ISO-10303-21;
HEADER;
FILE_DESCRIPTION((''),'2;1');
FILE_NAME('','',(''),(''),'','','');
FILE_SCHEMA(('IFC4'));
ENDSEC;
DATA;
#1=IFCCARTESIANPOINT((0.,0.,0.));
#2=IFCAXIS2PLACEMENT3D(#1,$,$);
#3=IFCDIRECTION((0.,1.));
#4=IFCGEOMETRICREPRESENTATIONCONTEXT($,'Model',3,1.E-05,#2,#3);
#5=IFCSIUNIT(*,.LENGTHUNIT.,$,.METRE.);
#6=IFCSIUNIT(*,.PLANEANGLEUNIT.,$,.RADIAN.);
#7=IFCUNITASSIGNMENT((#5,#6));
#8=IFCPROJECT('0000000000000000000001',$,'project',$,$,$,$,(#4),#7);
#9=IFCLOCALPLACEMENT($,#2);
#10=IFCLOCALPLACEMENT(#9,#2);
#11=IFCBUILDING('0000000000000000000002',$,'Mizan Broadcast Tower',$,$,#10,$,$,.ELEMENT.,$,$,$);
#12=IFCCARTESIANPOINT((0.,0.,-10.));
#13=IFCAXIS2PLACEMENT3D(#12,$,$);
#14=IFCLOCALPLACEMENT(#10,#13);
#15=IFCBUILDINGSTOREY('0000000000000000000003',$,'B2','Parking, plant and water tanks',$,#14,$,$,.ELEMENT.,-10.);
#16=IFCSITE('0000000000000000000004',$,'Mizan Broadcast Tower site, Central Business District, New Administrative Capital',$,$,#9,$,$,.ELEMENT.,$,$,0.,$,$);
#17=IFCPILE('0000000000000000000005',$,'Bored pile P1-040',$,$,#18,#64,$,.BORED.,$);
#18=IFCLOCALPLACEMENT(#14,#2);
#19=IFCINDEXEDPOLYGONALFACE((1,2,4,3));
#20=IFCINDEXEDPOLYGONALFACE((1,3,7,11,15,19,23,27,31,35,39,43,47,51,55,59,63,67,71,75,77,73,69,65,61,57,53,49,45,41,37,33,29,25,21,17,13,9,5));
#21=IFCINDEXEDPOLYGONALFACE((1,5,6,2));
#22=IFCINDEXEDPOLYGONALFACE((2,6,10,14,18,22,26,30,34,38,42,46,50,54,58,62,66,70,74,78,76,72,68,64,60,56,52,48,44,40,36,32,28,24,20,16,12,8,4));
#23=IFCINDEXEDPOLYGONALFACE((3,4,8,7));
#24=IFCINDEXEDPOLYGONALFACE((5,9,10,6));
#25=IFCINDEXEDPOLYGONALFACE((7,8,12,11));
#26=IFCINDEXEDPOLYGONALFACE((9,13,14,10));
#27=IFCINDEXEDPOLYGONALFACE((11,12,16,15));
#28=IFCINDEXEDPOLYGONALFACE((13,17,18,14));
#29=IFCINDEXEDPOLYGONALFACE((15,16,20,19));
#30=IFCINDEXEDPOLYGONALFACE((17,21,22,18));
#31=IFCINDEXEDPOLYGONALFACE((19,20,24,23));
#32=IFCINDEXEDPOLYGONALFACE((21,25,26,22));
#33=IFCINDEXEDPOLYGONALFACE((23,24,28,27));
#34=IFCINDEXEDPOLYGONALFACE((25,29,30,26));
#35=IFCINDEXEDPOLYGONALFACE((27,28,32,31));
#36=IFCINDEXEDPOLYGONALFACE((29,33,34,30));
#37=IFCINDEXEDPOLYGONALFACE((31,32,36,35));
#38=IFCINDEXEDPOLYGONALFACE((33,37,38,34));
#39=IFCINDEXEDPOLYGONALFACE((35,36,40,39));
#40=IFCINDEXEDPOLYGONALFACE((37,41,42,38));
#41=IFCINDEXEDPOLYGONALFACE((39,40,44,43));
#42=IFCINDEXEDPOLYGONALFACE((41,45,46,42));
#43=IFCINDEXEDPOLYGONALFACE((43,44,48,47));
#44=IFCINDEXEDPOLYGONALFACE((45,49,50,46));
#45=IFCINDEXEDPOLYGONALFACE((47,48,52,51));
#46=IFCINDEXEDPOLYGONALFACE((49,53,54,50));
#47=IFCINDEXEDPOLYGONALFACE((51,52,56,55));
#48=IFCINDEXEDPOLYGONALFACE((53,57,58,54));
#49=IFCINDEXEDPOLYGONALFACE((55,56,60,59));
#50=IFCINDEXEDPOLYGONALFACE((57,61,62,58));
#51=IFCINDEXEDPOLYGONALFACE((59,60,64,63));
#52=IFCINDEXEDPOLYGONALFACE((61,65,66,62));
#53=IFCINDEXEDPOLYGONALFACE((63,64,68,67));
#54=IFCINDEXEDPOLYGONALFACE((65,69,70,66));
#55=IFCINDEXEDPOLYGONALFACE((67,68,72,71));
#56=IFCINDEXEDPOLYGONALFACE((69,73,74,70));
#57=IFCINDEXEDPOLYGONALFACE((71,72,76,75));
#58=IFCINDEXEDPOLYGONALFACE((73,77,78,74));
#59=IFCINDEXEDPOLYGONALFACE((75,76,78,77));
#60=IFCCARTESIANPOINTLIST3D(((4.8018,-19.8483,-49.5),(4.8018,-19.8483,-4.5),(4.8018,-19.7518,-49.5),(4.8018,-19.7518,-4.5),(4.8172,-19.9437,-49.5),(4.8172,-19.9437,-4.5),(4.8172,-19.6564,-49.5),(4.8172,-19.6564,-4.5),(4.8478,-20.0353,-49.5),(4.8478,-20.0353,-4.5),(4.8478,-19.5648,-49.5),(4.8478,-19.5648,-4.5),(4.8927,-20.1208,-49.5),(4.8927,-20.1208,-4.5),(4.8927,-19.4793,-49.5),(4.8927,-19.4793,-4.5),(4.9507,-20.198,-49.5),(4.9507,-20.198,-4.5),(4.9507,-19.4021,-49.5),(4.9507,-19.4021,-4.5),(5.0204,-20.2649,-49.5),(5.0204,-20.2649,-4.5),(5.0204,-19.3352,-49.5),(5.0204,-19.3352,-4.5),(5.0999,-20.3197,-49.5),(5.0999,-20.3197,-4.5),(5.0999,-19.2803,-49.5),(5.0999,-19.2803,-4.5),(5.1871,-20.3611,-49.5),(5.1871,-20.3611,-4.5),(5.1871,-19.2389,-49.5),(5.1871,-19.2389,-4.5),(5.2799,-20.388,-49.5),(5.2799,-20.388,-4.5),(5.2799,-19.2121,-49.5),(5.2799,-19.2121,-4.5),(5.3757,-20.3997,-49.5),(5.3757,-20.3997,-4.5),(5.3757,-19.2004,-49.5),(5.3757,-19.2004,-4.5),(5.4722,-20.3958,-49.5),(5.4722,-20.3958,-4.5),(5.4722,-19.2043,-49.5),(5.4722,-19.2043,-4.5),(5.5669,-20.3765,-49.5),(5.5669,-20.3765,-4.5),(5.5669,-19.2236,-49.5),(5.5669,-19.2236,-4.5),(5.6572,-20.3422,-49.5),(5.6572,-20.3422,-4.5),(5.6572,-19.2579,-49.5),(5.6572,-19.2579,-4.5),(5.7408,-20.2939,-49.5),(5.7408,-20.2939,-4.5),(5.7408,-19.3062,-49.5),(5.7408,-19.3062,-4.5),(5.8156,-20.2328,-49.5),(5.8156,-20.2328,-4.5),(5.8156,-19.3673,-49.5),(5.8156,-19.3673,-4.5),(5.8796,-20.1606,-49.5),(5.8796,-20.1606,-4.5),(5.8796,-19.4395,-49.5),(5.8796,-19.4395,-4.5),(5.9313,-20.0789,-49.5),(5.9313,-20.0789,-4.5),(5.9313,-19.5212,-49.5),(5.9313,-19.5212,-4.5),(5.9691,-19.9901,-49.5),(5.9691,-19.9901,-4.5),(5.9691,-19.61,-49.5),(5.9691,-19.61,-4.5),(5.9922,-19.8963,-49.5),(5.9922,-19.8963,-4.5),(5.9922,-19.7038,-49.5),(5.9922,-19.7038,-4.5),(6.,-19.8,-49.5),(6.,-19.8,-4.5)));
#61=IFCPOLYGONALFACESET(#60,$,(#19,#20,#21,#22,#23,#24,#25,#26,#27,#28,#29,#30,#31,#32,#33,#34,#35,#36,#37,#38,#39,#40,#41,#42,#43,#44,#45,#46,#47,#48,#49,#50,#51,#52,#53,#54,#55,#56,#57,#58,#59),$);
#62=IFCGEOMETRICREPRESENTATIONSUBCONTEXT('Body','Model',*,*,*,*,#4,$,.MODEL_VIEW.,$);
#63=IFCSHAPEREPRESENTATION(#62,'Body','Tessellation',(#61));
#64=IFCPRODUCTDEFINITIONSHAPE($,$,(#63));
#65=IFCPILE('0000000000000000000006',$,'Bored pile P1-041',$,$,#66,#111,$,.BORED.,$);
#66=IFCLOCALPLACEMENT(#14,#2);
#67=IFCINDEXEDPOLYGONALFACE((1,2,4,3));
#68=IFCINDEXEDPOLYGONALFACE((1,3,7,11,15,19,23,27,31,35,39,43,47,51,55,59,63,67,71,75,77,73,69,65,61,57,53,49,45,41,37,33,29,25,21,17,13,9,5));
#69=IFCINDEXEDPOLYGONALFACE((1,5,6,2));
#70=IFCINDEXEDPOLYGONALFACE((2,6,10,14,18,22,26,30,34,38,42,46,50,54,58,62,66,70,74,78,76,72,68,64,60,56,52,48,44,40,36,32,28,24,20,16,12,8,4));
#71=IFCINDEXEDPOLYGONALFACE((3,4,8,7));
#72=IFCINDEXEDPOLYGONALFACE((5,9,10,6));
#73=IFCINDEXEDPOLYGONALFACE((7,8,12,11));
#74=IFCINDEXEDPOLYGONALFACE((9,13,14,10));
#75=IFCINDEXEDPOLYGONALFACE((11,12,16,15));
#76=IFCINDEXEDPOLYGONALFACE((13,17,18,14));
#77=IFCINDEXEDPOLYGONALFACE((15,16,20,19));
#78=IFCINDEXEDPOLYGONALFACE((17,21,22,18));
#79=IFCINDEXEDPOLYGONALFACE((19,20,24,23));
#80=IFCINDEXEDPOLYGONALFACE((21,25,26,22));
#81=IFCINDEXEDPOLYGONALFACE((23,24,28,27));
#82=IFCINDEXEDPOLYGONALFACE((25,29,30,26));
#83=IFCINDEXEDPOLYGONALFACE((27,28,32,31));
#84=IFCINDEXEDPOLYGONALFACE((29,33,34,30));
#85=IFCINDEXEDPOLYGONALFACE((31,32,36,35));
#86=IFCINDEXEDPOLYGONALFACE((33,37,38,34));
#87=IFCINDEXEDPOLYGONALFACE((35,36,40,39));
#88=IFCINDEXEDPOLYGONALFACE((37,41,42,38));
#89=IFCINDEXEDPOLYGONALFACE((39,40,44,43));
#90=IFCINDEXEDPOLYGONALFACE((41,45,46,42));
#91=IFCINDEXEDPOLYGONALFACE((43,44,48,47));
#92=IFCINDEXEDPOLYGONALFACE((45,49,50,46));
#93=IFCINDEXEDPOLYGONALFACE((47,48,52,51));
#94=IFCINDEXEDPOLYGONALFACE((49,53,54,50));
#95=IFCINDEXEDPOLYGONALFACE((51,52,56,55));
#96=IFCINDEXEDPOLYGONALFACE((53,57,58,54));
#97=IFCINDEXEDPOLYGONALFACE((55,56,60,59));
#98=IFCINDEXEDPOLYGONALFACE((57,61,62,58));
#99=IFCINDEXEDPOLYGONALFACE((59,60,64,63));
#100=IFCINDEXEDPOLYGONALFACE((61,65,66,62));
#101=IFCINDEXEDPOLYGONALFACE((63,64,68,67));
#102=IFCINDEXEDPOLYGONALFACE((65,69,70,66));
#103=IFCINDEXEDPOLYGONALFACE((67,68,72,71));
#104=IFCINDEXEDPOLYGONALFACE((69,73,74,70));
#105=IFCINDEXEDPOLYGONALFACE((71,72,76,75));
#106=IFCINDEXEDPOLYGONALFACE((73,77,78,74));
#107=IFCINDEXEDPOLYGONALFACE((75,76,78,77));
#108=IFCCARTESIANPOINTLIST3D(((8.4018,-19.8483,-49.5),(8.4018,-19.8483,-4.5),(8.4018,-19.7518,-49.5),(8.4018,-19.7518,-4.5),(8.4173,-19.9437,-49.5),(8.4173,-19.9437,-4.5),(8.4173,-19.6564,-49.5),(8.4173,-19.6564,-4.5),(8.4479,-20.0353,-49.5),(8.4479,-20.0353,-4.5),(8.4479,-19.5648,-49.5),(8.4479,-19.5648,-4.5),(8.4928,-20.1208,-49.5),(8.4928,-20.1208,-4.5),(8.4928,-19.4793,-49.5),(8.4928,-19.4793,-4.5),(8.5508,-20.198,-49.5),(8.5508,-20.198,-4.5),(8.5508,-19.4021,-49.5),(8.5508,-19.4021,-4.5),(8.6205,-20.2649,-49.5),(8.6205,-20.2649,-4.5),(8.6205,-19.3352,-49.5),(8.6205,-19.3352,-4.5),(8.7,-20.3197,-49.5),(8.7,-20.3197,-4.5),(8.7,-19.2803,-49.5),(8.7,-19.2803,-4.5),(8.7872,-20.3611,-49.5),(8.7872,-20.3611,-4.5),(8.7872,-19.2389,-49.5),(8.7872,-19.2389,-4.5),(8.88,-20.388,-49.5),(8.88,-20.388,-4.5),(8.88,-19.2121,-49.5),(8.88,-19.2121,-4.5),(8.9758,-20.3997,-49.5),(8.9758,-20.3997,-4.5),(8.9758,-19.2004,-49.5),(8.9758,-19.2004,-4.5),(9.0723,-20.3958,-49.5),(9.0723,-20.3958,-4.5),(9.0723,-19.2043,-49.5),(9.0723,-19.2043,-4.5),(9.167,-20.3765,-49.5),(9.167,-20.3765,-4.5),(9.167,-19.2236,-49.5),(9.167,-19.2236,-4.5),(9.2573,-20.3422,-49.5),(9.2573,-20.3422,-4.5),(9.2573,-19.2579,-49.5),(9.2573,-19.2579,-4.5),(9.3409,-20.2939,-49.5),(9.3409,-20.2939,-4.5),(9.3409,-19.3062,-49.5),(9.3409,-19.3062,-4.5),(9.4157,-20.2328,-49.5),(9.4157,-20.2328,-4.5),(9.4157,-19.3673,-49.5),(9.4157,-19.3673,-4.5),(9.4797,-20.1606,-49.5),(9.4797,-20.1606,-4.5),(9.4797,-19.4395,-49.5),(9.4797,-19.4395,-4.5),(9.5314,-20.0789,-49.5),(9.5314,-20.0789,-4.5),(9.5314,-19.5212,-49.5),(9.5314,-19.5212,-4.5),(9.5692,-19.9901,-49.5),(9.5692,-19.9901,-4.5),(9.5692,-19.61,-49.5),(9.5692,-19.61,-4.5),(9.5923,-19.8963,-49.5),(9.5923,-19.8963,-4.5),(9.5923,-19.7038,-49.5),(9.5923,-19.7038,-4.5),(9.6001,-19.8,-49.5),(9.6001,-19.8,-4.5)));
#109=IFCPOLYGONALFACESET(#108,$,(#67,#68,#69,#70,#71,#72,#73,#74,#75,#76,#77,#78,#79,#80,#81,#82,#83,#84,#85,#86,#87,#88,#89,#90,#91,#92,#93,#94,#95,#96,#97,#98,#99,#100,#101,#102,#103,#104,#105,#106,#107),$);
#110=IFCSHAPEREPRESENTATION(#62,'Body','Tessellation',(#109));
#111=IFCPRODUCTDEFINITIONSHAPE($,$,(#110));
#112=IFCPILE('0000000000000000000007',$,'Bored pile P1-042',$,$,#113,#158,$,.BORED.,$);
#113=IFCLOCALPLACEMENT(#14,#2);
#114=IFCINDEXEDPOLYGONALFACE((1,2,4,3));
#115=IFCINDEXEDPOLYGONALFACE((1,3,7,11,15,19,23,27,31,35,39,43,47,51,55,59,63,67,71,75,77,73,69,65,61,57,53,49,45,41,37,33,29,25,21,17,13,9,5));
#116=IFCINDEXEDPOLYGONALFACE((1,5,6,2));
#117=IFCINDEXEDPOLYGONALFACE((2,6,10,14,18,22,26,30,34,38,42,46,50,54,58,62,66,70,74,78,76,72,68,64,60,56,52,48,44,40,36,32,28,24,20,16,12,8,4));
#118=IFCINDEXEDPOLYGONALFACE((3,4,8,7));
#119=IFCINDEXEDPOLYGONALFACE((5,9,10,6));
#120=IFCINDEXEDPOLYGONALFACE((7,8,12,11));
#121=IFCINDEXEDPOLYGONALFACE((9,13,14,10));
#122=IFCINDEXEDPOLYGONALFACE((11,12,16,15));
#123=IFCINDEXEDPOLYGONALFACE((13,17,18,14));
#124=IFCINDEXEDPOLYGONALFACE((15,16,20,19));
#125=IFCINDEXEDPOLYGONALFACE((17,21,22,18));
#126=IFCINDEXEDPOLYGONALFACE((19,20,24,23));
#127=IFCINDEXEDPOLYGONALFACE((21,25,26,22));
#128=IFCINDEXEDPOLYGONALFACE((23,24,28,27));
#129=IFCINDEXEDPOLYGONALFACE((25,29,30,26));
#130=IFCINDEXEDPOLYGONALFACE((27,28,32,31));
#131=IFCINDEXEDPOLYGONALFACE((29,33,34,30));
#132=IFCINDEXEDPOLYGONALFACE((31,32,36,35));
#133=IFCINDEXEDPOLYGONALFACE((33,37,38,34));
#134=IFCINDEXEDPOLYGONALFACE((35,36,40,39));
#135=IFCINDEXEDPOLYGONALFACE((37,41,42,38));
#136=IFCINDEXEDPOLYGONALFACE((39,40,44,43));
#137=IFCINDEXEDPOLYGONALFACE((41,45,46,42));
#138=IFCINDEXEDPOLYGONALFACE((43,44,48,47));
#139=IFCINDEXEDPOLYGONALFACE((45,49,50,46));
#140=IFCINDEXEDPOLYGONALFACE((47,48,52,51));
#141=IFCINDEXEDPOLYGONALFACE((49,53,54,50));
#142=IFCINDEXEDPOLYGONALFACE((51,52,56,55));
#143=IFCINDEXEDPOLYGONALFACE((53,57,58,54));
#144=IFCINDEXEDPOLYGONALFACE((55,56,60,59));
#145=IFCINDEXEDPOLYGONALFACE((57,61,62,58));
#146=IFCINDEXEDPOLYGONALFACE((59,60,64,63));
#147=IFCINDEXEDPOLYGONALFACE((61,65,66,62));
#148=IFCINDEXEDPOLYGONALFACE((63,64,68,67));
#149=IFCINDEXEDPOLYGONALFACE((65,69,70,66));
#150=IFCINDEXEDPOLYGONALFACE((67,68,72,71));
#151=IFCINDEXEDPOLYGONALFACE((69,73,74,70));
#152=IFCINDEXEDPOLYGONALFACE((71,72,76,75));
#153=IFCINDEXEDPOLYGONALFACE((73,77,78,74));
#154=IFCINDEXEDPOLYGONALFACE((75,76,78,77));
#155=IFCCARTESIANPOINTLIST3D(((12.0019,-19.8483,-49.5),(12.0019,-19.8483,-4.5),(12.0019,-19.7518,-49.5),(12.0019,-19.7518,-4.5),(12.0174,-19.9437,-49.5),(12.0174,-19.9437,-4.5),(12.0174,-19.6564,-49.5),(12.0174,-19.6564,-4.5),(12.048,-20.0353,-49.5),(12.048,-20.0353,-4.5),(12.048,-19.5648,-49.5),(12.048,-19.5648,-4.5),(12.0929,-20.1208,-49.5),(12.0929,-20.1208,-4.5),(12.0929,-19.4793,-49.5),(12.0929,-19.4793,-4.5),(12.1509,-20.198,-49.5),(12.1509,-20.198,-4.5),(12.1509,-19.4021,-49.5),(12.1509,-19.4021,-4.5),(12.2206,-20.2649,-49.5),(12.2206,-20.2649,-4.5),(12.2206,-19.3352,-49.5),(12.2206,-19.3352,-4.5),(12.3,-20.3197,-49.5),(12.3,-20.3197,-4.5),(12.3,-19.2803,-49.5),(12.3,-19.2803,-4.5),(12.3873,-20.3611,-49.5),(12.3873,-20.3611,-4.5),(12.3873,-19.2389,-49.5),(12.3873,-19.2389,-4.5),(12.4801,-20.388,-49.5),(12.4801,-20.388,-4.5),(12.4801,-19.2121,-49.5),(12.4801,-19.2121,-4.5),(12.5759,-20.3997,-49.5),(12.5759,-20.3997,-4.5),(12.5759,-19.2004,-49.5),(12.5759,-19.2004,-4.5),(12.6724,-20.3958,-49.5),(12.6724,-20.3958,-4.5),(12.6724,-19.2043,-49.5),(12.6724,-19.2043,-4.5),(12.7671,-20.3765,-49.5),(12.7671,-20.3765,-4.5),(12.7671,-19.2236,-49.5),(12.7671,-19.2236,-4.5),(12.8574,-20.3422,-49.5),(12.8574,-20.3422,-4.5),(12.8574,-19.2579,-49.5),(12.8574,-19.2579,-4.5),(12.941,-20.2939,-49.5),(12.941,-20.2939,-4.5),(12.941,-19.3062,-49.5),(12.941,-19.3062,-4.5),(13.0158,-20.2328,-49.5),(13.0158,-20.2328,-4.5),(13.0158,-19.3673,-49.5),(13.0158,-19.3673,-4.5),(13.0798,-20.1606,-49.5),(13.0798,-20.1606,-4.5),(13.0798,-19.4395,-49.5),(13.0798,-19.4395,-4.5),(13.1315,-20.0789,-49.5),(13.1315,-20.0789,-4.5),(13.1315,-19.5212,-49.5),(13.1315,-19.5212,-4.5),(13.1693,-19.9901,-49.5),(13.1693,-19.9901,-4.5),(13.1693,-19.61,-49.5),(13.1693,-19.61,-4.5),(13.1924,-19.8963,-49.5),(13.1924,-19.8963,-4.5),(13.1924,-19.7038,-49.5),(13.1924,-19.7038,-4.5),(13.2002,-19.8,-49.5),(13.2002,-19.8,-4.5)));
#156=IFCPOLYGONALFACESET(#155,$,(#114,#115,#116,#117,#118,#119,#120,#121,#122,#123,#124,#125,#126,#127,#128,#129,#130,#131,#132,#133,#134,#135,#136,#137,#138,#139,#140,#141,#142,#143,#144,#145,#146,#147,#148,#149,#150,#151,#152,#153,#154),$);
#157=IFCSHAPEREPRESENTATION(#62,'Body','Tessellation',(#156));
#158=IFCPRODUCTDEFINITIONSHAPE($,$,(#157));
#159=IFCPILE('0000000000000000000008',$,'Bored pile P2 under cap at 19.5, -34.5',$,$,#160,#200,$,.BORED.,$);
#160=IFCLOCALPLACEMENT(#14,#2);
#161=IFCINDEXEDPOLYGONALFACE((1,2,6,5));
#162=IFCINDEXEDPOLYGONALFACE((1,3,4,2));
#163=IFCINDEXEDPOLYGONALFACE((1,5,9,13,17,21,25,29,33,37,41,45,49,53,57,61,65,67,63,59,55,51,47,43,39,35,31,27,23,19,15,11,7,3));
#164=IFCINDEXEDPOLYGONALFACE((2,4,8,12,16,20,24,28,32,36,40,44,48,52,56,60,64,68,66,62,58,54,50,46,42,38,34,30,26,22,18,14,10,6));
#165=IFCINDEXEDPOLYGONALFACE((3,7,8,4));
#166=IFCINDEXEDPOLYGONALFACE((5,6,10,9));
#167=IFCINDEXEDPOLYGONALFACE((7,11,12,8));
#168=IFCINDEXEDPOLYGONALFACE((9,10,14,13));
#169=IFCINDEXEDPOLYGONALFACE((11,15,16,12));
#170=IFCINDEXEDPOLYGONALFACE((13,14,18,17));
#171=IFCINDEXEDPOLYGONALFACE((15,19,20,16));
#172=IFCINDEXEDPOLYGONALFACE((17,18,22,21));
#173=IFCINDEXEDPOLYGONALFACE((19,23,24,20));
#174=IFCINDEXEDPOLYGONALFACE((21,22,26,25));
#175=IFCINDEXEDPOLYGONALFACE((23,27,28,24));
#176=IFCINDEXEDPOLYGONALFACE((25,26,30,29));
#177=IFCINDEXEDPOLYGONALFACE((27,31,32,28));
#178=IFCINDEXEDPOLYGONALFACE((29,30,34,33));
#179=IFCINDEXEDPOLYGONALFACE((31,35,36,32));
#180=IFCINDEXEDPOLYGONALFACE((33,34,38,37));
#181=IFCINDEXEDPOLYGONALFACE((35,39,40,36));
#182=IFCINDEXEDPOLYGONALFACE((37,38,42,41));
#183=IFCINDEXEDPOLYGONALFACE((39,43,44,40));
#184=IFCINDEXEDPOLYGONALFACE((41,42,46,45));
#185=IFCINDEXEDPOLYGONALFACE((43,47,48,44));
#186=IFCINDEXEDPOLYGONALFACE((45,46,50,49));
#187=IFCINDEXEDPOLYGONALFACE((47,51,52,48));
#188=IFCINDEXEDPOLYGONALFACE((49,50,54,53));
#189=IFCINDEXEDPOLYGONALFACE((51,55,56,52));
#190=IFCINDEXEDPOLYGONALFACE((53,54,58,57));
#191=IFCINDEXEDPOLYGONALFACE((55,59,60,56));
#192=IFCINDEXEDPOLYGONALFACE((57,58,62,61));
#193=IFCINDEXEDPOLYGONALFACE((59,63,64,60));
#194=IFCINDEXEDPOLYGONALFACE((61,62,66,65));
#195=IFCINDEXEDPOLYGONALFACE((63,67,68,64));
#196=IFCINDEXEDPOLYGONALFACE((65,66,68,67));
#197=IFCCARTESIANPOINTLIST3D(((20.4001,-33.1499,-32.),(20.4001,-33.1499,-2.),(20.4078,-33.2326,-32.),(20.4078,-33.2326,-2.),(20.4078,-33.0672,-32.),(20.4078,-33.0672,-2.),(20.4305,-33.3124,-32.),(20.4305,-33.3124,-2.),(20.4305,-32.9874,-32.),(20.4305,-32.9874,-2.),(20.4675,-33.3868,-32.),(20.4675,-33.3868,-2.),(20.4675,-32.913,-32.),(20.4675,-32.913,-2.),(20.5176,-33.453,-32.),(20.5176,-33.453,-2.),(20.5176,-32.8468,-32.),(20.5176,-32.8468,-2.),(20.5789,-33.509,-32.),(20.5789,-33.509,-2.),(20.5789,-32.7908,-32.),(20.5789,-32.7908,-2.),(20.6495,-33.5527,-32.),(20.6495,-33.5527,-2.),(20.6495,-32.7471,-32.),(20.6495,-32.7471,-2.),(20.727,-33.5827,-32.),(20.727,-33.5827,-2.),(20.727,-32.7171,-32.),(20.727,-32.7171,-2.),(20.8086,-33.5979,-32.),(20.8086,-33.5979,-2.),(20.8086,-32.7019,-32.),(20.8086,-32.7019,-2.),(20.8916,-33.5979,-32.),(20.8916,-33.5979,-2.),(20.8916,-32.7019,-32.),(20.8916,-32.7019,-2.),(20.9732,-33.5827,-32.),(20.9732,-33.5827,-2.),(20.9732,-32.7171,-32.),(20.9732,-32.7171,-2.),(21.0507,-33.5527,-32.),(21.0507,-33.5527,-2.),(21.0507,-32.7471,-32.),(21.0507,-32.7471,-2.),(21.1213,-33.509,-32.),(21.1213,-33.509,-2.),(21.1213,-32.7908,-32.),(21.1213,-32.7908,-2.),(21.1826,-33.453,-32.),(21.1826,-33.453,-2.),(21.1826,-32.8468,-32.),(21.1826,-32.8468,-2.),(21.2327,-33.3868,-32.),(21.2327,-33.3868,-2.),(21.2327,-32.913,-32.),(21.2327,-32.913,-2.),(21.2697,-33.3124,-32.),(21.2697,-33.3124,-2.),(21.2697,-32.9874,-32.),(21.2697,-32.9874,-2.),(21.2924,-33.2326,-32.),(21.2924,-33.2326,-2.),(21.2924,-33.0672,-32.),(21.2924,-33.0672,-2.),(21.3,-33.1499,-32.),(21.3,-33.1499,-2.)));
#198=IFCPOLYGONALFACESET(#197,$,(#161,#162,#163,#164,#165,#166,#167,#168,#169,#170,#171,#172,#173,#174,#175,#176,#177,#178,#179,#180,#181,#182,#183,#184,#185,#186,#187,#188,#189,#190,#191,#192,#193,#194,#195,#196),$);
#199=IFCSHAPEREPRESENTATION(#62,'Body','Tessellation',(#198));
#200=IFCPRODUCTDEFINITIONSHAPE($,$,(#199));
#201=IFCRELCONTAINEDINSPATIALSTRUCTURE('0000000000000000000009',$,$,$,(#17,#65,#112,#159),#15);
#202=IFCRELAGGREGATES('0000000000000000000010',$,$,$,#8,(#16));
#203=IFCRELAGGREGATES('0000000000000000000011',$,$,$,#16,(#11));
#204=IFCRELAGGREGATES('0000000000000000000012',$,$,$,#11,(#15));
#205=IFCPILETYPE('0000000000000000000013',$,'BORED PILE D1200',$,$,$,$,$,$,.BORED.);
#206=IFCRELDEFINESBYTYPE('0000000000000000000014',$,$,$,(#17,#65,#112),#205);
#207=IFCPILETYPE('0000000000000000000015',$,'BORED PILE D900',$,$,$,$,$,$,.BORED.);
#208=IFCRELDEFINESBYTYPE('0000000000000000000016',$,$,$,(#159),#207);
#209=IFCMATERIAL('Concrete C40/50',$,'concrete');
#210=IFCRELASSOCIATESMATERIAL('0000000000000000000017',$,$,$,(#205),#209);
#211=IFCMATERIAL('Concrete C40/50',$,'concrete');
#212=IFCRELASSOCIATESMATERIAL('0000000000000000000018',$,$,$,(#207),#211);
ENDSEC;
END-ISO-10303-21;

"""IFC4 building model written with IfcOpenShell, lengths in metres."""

from ifc_helpers import new_model, si_unit, direction, frame, origin, origin_2d, place, context, subcontext, project, spatial, circle, extrude, material, material_profile, profile_set, type_object, element, save


model = new_model("IFC4")

# Units and contexts
model_context = context("Model", 3, precision=1e-05, world=origin(), true_north=direction((0.0, 1.0)))
body_context = subcontext(model_context, "Body", "Model", "MODEL_VIEW")
ifc_project = project(units=[si_unit("LENGTHUNIT", "METRE"), si_unit("PLANEANGLEUNIT", "RADIAN")], contexts=[model_context])

# Site, building, storey
site_placement = place(None, origin())
site = spatial("IfcSite", under=ifc_project, at=site_placement, Name="Mizan Broadcast Tower site, Central Business District, New Administrative Capital", CompositionType="ELEMENT", RefElevation=0.0)
building_placement = place(site_placement, origin())
building = spatial("IfcBuilding", under=site, at=building_placement, Name="Mizan Broadcast Tower", CompositionType="ELEMENT")
storey_placement = place(building_placement, frame((0.0, 0.0, -10.0)))
storey = spatial("IfcBuildingStorey", under=building, at=storey_placement, Name="B2", Description="Parking, plant and water tanks", CompositionType="ELEMENT", Elevation=-10.0)

# Piles
ifc_material_1 = material(Name="Concrete C40/50", Category="concrete")
ifc_material_profile_1 = material_profile(ifc_material_1, circle(Radius=0.6001, at=origin_2d()), Name="D1200")
ifc_profile_set_1 = profile_set([ifc_material_profile_1], Name="Concrete C40/50")
pile_type_1 = type_object("IfcPileType", Name="BORED PILE D1200", PredefinedType="BORED", material=ifc_profile_set_1)
for number, where, z_axis, x_axis, name in (
    (1, (5.3999, -19.8, -4.5), (0.0, 0.0, -1.0), (1.0, 0.0, 0.0), "Bored pile P1-040"),
    (2, (9.0, -19.8, -4.5), (0.0, 0.0, -1.0), (1.0, 0.0, 0.0), "Bored pile P1-041"),
    (3, (12.6001, -19.8, -4.5), (0.0, 0.0, -1.0), (1.0, 0.0, 0.0), "Bored pile P1-042"),
):
    element("IfcPile", number, at=place(storey_placement, frame(where, z_axis=z_axis, x_axis=x_axis)), inside=storey, type_object=pile_type_1, Name=name, PredefinedType="BORED", context=body_context, shape_type="SweptSolid", body=[
        extrude(circle(Radius=0.6001, at=origin_2d()), origin(), (0.0, 0.0, 1.0), 45.0),
    ])
ifc_material_2 = material(Name="Concrete C40/50", Category="concrete")
ifc_material_profile_2 = material_profile(ifc_material_2, circle(Radius=0.45, at=origin_2d()), Name="D900")
ifc_profile_set_2 = profile_set([ifc_material_profile_2], Name="Concrete C40/50")
pile_type_2 = type_object("IfcPileType", Name="BORED PILE D900", PredefinedType="BORED", material=ifc_profile_set_2)
for number, where, z_axis, x_axis, name in (
    (4, (20.8501, -33.1499, -2.0), (0.0, 0.0, -1.0), (1.0, 0.0, 0.0), "Bored pile P2 under cap at 19.5, -34.5"),
):
    element("IfcPile", number, at=place(storey_placement, frame(where, z_axis=z_axis, x_axis=x_axis)), inside=storey, type_object=pile_type_2, Name=name, PredefinedType="BORED", context=body_context, shape_type="SweptSolid", body=[
        extrude(circle(Radius=0.45, at=origin_2d()), origin(), (0.0, 0.0, 1.0), 30.0),
    ])

save(model, "model.ifc")
